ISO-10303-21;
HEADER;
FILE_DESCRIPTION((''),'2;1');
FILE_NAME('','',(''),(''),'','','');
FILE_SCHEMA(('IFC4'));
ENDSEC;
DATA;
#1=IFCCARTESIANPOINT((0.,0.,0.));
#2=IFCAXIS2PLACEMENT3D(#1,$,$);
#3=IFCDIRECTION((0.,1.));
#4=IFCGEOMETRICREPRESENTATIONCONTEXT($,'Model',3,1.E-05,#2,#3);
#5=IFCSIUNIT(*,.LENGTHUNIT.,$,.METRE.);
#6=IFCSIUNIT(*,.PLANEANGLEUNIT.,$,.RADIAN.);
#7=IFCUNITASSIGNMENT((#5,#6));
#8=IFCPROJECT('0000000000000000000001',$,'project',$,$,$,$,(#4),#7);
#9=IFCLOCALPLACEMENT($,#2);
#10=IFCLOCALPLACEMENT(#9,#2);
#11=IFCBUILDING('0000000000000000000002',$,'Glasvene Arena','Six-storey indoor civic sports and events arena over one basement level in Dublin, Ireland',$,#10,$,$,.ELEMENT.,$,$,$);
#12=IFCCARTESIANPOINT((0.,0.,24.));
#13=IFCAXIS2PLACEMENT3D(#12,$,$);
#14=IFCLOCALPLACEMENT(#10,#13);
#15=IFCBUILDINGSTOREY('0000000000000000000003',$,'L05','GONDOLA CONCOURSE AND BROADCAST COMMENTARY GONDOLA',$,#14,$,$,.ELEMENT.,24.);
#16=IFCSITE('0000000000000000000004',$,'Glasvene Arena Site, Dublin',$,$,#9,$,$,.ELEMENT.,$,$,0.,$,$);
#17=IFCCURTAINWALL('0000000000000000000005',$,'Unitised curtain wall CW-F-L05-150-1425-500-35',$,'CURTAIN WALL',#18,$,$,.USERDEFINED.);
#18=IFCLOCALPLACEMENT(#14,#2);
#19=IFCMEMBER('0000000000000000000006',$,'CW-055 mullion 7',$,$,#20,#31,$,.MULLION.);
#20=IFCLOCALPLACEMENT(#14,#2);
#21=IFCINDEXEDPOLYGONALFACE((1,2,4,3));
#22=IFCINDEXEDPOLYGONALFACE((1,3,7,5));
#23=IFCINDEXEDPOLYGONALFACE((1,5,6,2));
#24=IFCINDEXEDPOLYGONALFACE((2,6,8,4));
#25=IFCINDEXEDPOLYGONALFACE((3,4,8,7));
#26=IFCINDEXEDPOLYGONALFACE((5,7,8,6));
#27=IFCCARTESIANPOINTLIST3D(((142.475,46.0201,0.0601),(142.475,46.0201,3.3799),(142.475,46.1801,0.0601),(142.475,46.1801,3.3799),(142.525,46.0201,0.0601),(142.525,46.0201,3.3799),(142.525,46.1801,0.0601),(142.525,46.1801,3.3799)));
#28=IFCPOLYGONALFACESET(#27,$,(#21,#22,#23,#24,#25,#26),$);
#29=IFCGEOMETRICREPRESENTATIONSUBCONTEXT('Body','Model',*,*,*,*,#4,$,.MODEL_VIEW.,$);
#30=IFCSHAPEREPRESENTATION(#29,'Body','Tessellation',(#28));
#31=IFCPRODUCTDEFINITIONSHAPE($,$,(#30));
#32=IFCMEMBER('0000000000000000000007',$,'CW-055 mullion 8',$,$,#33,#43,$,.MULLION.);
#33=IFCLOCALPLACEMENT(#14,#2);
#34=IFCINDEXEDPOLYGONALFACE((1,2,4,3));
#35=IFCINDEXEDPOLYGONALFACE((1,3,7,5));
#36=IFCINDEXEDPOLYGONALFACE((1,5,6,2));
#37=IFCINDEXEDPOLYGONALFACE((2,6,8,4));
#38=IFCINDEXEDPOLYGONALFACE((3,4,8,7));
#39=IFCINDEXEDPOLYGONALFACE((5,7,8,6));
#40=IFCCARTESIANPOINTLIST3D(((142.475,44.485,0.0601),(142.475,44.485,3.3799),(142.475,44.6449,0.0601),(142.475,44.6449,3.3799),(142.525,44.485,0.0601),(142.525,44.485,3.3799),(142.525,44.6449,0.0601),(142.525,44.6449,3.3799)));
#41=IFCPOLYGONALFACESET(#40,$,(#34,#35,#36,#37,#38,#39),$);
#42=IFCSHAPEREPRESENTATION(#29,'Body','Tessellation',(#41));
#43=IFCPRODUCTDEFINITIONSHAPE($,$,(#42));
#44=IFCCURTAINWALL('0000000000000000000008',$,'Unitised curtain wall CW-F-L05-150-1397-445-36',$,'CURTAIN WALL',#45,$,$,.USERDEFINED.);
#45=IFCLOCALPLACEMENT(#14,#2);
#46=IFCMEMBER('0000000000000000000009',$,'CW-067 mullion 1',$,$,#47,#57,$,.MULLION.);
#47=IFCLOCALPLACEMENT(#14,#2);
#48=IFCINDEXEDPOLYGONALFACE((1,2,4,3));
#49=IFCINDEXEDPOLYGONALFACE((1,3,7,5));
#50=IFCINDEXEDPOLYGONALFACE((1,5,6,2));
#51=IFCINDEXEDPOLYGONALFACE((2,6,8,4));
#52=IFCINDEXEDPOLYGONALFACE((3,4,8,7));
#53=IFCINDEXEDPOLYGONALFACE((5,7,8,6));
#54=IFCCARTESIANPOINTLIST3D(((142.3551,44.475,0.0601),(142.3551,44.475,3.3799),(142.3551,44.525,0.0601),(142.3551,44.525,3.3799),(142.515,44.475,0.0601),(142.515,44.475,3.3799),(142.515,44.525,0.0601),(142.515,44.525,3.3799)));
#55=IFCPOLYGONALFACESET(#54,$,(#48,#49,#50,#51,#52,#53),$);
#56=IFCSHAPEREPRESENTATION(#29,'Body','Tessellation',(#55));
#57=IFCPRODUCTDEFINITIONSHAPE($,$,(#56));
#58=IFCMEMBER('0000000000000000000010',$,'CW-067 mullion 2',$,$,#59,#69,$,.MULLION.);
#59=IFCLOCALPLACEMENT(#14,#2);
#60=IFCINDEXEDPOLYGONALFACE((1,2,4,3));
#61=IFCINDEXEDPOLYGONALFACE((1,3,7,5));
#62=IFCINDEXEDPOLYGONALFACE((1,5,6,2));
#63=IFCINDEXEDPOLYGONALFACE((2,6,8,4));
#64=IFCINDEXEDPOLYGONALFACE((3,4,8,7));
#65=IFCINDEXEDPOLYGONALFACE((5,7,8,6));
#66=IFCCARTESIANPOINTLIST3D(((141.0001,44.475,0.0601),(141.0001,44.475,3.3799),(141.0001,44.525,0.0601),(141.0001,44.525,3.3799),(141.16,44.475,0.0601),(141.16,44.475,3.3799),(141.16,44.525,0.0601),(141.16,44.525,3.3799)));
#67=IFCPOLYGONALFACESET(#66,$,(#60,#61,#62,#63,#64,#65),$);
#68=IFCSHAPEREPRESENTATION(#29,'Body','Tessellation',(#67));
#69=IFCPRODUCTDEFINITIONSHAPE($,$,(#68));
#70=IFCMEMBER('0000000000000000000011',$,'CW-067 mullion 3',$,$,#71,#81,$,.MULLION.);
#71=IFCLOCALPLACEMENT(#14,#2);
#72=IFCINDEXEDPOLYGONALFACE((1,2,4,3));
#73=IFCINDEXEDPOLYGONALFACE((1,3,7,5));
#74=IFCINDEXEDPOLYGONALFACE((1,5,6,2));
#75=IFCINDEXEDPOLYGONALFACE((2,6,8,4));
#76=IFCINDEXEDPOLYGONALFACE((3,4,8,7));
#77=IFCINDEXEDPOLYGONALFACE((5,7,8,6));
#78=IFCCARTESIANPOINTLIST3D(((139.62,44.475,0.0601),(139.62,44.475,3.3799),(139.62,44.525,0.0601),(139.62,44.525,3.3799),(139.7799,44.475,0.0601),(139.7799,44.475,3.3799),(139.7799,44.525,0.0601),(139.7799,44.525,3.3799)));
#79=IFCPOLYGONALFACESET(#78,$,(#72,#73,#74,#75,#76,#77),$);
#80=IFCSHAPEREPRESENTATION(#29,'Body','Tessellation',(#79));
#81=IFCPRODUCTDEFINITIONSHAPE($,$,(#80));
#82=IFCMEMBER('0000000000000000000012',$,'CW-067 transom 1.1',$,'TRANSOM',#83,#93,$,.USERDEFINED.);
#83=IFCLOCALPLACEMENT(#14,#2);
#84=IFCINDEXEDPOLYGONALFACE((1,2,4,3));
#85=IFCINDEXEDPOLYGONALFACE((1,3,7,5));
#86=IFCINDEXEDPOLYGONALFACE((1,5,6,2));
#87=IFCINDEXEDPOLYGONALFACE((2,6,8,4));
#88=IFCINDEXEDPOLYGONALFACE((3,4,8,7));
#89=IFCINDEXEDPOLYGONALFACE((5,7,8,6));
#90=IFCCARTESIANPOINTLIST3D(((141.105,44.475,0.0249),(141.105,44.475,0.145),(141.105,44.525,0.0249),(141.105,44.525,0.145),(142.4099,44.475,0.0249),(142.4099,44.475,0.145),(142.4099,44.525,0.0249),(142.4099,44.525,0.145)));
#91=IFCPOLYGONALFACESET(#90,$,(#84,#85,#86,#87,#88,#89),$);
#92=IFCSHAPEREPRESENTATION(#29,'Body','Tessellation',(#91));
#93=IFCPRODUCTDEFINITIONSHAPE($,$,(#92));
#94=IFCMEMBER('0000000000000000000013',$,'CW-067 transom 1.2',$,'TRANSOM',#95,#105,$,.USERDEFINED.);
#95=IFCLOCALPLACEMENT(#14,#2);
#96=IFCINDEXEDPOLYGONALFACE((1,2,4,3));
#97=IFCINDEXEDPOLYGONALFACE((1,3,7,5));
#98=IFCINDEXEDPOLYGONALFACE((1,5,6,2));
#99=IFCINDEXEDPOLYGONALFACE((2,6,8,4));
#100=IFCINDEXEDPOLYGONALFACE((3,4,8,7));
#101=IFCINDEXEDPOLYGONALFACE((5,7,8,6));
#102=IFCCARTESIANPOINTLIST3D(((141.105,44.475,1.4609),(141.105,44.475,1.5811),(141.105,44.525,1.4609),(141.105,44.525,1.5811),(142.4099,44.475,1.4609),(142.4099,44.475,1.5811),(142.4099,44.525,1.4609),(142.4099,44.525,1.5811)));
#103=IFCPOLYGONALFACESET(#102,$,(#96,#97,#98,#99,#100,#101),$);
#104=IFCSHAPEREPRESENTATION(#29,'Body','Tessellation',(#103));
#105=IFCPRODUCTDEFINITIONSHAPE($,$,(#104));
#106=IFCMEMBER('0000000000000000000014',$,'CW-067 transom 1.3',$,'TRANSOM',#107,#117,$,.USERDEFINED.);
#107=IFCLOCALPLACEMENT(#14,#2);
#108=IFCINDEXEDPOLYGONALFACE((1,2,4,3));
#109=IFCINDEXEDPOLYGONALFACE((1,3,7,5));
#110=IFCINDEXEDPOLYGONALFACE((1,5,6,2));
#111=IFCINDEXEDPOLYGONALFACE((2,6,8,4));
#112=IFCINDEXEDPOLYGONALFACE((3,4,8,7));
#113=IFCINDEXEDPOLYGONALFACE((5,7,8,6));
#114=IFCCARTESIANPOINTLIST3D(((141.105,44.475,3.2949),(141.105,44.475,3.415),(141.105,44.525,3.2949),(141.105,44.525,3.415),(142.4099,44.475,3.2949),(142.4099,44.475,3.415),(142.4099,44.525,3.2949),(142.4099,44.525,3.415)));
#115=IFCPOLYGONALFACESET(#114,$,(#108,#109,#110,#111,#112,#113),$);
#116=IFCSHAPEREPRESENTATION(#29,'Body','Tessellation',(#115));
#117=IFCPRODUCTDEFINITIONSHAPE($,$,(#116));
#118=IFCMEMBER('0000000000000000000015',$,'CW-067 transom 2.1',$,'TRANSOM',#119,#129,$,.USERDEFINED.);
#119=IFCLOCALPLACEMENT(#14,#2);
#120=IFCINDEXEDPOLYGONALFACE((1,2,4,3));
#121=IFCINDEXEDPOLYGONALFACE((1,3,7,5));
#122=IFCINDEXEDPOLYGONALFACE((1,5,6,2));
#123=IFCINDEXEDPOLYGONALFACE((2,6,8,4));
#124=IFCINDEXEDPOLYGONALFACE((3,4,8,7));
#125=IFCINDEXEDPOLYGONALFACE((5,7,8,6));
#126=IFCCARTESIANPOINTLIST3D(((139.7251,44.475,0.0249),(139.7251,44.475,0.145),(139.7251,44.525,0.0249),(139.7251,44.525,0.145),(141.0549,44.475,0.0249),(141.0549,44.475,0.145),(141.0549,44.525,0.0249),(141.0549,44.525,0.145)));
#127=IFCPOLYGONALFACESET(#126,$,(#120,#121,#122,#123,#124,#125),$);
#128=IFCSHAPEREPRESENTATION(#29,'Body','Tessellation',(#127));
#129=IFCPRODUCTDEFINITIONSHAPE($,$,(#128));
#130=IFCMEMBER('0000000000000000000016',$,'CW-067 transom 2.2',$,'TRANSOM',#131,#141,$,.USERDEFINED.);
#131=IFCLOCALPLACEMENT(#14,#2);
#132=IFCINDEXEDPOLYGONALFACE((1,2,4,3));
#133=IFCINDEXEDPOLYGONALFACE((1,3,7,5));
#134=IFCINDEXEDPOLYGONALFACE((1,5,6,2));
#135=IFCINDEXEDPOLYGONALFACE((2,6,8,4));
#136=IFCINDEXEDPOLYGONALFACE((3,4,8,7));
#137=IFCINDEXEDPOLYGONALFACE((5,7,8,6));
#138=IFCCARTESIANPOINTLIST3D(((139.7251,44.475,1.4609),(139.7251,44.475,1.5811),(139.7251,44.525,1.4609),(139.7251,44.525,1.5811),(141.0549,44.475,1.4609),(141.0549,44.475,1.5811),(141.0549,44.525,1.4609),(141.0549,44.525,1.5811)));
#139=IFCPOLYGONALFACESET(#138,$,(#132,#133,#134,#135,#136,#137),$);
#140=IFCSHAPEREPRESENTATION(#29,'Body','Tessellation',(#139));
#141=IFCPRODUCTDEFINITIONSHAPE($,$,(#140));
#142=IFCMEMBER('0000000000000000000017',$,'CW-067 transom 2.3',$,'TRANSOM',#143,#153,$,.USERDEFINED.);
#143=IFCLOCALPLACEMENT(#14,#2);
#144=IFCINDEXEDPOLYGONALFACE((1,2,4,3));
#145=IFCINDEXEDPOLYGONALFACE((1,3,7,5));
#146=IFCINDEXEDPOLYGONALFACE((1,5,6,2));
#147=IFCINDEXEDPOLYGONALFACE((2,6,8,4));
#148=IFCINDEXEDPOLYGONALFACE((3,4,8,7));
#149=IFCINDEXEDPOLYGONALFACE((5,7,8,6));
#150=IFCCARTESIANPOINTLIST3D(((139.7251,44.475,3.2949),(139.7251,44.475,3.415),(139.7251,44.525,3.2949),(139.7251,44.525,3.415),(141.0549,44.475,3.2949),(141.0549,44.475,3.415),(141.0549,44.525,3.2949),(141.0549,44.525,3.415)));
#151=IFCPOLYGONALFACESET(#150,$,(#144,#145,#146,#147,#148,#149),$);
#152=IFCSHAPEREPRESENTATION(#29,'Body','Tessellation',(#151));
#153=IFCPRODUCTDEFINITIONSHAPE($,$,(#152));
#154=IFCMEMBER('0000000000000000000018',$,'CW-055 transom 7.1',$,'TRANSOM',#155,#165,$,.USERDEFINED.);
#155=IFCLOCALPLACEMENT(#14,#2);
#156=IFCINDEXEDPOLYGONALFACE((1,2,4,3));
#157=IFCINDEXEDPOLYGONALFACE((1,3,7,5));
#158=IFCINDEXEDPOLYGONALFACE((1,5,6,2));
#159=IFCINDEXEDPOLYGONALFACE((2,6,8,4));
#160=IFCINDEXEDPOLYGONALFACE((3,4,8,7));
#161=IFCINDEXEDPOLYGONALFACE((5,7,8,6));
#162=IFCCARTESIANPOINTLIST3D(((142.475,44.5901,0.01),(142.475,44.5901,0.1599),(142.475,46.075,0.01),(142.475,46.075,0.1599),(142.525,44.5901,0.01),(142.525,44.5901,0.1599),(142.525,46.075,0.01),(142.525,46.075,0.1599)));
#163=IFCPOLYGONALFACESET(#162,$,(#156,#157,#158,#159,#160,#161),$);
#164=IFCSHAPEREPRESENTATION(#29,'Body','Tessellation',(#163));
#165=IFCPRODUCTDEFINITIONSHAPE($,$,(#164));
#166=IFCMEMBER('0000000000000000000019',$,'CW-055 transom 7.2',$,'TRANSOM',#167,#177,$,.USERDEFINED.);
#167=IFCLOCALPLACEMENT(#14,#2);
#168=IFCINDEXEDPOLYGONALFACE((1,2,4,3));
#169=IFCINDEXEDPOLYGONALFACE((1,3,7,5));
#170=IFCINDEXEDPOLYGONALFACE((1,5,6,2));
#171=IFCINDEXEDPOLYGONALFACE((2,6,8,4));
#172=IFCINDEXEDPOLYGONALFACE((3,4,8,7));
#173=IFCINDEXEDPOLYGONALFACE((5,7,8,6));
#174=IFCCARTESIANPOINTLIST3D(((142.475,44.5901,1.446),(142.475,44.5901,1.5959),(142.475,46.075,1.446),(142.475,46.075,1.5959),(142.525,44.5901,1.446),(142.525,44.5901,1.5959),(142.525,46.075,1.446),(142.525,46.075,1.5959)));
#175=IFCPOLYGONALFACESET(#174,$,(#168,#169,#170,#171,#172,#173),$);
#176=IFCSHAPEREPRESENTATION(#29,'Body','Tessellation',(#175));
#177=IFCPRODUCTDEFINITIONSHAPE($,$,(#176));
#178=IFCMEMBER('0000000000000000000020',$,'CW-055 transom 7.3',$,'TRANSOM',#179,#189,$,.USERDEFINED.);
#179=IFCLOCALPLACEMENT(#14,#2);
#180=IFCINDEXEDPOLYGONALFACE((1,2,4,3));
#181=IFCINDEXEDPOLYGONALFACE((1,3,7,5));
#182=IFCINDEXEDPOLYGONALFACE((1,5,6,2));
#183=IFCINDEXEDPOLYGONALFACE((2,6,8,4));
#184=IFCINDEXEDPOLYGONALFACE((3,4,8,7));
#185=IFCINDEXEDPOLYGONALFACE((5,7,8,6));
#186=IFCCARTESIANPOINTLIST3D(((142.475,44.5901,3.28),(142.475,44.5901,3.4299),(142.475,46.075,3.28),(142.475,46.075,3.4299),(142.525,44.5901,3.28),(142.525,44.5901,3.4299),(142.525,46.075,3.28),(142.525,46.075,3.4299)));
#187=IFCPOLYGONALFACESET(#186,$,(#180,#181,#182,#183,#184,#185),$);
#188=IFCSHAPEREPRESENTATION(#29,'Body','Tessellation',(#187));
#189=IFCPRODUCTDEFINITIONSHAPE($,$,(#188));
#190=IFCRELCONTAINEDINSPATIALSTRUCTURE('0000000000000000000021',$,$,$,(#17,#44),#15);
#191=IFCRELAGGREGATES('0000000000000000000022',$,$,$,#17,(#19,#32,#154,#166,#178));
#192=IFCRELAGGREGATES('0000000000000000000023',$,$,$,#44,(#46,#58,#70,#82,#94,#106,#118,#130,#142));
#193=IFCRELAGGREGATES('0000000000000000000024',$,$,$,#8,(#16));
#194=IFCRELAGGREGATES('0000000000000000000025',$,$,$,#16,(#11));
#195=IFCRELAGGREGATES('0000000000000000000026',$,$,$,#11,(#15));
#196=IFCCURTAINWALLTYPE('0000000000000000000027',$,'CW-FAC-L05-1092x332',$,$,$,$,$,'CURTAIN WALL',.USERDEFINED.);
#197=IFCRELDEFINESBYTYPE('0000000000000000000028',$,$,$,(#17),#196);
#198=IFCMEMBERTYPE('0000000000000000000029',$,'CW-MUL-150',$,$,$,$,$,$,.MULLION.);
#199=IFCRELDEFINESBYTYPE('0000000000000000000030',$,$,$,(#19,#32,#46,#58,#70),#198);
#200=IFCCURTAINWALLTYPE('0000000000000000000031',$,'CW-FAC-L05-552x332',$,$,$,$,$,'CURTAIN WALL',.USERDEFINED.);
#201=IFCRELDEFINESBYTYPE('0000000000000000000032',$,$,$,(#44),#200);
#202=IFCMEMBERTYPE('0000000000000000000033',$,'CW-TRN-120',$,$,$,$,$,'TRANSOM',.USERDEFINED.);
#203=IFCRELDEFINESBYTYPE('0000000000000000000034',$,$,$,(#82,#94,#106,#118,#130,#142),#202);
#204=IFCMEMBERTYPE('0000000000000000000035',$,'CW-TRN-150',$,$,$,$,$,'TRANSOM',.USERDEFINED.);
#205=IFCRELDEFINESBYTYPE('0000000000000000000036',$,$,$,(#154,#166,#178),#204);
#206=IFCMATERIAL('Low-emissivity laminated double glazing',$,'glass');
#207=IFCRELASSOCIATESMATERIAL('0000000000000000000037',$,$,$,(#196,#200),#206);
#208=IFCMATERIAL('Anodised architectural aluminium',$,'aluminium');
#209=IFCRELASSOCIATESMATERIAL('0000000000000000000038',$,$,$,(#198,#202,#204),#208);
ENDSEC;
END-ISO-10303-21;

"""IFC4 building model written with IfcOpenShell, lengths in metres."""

from ifc_helpers import new_model, si_unit, direction, frame, origin, origin_2d, place, context, subcontext, project, spatial, rectangle, extrude, material, material_profile, profile_set, type_object, element, aggregate, save


model = new_model("IFC4")

# Units and contexts
model_context = context("Model", 3, precision=1e-05, world=origin(), true_north=direction((0.0, 1.0)))
body_context = subcontext(model_context, "Body", "Model", "MODEL_VIEW")
ifc_project = project(units=[si_unit("LENGTHUNIT", "METRE"), si_unit("PLANEANGLEUNIT", "RADIAN")], contexts=[model_context])

# Site, building, storey
site_placement = place(None, origin())
site = spatial("IfcSite", under=ifc_project, at=site_placement, Name="Glasvene Arena Site, Dublin", CompositionType="ELEMENT", RefElevation=0.0)
building_placement = place(site_placement, origin())
building = spatial("IfcBuilding", under=site, at=building_placement, Name="Glasvene Arena", Description="Six-storey indoor civic sports and events arena over one basement level in Dublin, Ireland", CompositionType="ELEMENT")
storey_placement = place(building_placement, frame((0.0, 0.0, 24.0)))
storey = spatial("IfcBuildingStorey", under=building, at=storey_placement, Name="L05", Description="GONDOLA CONCOURSE AND BROADCAST COMMENTARY GONDOLA", CompositionType="ELEMENT", Elevation=24.0)

# Curtain walls, members
ifc_material_1 = material(Name="Low-emissivity laminated double glazing", Category="glass")
curtain_wall_type_1 = type_object("IfcCurtainWallType", Name="CW-FAC-L05-1092x332", ElementType="CURTAIN WALL", PredefinedType="USERDEFINED", material=ifc_material_1)
curtain_wall_1_placement = place(storey_placement, frame((142.5, 55.46, 0.0)))
curtain_wall_1 = element("IfcCurtainWall", 1, at=curtain_wall_1_placement, inside=storey, type_object=curtain_wall_type_1, Name="Unitised curtain wall CW-F-L05-150-1425-500-35", ObjectType="CURTAIN WALL", PredefinedType="USERDEFINED")
ifc_material_2 = material(Name="Anodised architectural aluminium", Category="aluminium")
ifc_material_profile_1 = material_profile(ifc_material_2, rectangle(XDim=0.05, YDim=0.1599, at=origin_2d()), Name="ALU MULLION 50x160")
ifc_profile_set_1 = profile_set([ifc_material_profile_1], Name="Anodised architectural aluminium")
member_type_1 = type_object("IfcMemberType", Name="CW-MUL-150", PredefinedType="MULLION", material=ifc_profile_set_1)
member_1_placement = place(storey_placement, frame((142.5, 46.1001, 0.0601), z_axis=(0.0, 0.0, 1.0), x_axis=(1.0, 0.0, 0.0)))
member_1 = element("IfcMember", 2, at=member_1_placement, type_object=member_type_1, Name="CW-055 mullion 7", PredefinedType="MULLION", context=body_context, shape_type="SweptSolid", body=[
    extrude(rectangle(XDim=0.05, YDim=0.1599, at=origin_2d()), origin(), (0.0, 0.0, 1.0), 3.3198),
])
member_2_placement = place(storey_placement, frame((142.5, 44.5649, 0.0601), z_axis=(0.0, 0.0, 1.0), x_axis=(1.0, 0.0, 0.0)))
member_2 = element("IfcMember", 3, at=member_2_placement, type_object=member_type_1, Name="CW-055 mullion 8", PredefinedType="MULLION", context=body_context, shape_type="SweptSolid", body=[
    extrude(rectangle(XDim=0.05, YDim=0.1599, at=origin_2d()), origin(), (0.0, 0.0, 1.0), 3.3198),
])
curtain_wall_type_2 = type_object("IfcCurtainWallType", Name="CW-FAC-L05-552x332", ElementType="CURTAIN WALL", PredefinedType="USERDEFINED", material=ifc_material_1)
curtain_wall_2_placement = place(storey_placement, frame((142.46, 44.5, 0.0)))
curtain_wall_2 = element("IfcCurtainWall", 4, at=curtain_wall_2_placement, inside=storey, type_object=curtain_wall_type_2, Name="Unitised curtain wall CW-F-L05-150-1397-445-36", ObjectType="CURTAIN WALL", PredefinedType="USERDEFINED")
member_3_placement = place(storey_placement, frame((142.4351, 44.5, 0.0601), z_axis=(0.0, 0.0, 1.0), x_axis=(0.0, -1.0, 0.0)))
member_3 = element("IfcMember", 5, at=member_3_placement, type_object=member_type_1, Name="CW-067 mullion 1", PredefinedType="MULLION", context=body_context, shape_type="SweptSolid", body=[
    extrude(rectangle(XDim=0.05, YDim=0.1599, at=origin_2d()), origin(), (0.0, 0.0, 1.0), 3.3198),
])
member_4_placement = place(storey_placement, frame((141.0801, 44.5, 0.0601), z_axis=(0.0, 0.0, 1.0), x_axis=(0.0, -1.0, 0.0)))
member_4 = element("IfcMember", 6, at=member_4_placement, type_object=member_type_1, Name="CW-067 mullion 2", PredefinedType="MULLION", context=body_context, shape_type="SweptSolid", body=[
    extrude(rectangle(XDim=0.05, YDim=0.1599, at=origin_2d()), origin(), (0.0, 0.0, 1.0), 3.3198),
])
member_5_placement = place(storey_placement, frame((139.7, 44.5, 0.0601), z_axis=(0.0, 0.0, 1.0), x_axis=(0.0, -1.0, 0.0)))
member_5 = element("IfcMember", 7, at=member_5_placement, type_object=member_type_1, Name="CW-067 mullion 3", PredefinedType="MULLION", context=body_context, shape_type="SweptSolid", body=[
    extrude(rectangle(XDim=0.05, YDim=0.1599, at=origin_2d()), origin(), (0.0, 0.0, 1.0), 3.3198),
])
ifc_material_profile_2 = material_profile(ifc_material_2, rectangle(XDim=0.05, YDim=0.1201, at=origin_2d()), Name="ALU TRANSOM 50x120")
ifc_profile_set_2 = profile_set([ifc_material_profile_2], Name="Anodised architectural aluminium")
member_type_2 = type_object("IfcMemberType", Name="CW-TRN-120", ElementType="TRANSOM", PredefinedType="USERDEFINED", material=ifc_profile_set_2)
member_6_placement = place(storey_placement, frame((142.4099, 44.5, 0.085), z_axis=(-1.0, 0.0, 0.0), x_axis=(0.0, -1.0, 0.0)))
member_6 = element("IfcMember", 8, at=member_6_placement, type_object=member_type_2, Name="CW-067 transom 1.1", ObjectType="TRANSOM", PredefinedType="USERDEFINED", context=body_context, shape_type="SweptSolid", body=[
    extrude(rectangle(XDim=0.05, YDim=0.1201, at=origin_2d()), origin(), (0.0, 0.0, 1.0), 1.3049),
])
member_7_placement = place(storey_placement, frame((142.4099, 44.5, 1.521), z_axis=(-1.0, 0.0, 0.0), x_axis=(0.0, -1.0, 0.0)))
member_7 = element("IfcMember", 9, at=member_7_placement, type_object=member_type_2, Name="CW-067 transom 1.2", ObjectType="TRANSOM", PredefinedType="USERDEFINED", context=body_context, shape_type="SweptSolid", body=[
    extrude(rectangle(XDim=0.05, YDim=0.1201, at=origin_2d()), origin(), (0.0, 0.0, 1.0), 1.3049),
])
member_8_placement = place(storey_placement, frame((142.4099, 44.5, 3.355), z_axis=(-1.0, 0.0, 0.0), x_axis=(0.0, -1.0, 0.0)))
member_8 = element("IfcMember", 10, at=member_8_placement, type_object=member_type_2, Name="CW-067 transom 1.3", ObjectType="TRANSOM", PredefinedType="USERDEFINED", context=body_context, shape_type="SweptSolid", body=[
    extrude(rectangle(XDim=0.05, YDim=0.1201, at=origin_2d()), origin(), (0.0, 0.0, 1.0), 1.3049),
])
member_9_placement = place(storey_placement, frame((141.0549, 44.5, 0.085), z_axis=(-1.0, 0.0, 0.0), x_axis=(0.0, -1.0, 0.0)))
member_9 = element("IfcMember", 11, at=member_9_placement, type_object=member_type_2, Name="CW-067 transom 2.1", ObjectType="TRANSOM", PredefinedType="USERDEFINED", context=body_context, shape_type="SweptSolid", body=[
    extrude(rectangle(XDim=0.05, YDim=0.1201, at=origin_2d()), origin(), (0.0, 0.0, 1.0), 1.3298),
])
member_10_placement = place(storey_placement, frame((141.0549, 44.5, 1.521), z_axis=(-1.0, 0.0, 0.0), x_axis=(0.0, -1.0, 0.0)))
member_10 = element("IfcMember", 12, at=member_10_placement, type_object=member_type_2, Name="CW-067 transom 2.2", ObjectType="TRANSOM", PredefinedType="USERDEFINED", context=body_context, shape_type="SweptSolid", body=[
    extrude(rectangle(XDim=0.05, YDim=0.1201, at=origin_2d()), origin(), (0.0, 0.0, 1.0), 1.3298),
])
member_11_placement = place(storey_placement, frame((141.0549, 44.5, 3.355), z_axis=(-1.0, 0.0, 0.0), x_axis=(0.0, -1.0, 0.0)))
member_11 = element("IfcMember", 13, at=member_11_placement, type_object=member_type_2, Name="CW-067 transom 2.3", ObjectType="TRANSOM", PredefinedType="USERDEFINED", context=body_context, shape_type="SweptSolid", body=[
    extrude(rectangle(XDim=0.05, YDim=0.1201, at=origin_2d()), origin(), (0.0, 0.0, 1.0), 1.3298),
])

# Members
ifc_material_profile_3 = material_profile(ifc_material_2, rectangle(XDim=0.05, YDim=0.1499, at=origin_2d()), Name="ALU TRANSOM 50x150")
ifc_profile_set_3 = profile_set([ifc_material_profile_3], Name="Anodised architectural aluminium")
member_type_3 = type_object("IfcMemberType", Name="CW-TRN-150", ElementType="TRANSOM", PredefinedType="USERDEFINED", material=ifc_profile_set_3)
member_12_placement = place(storey_placement, frame((142.5, 46.075, 0.085), z_axis=(0.0, -1.0, 0.0), x_axis=(1.0, 0.0, 0.0)))
member_12 = element("IfcMember", 14, at=member_12_placement, type_object=member_type_3, Name="CW-055 transom 7.1", ObjectType="TRANSOM", PredefinedType="USERDEFINED", context=body_context, shape_type="SweptSolid", body=[
    extrude(rectangle(XDim=0.05, YDim=0.1499, at=origin_2d()), origin(), (0.0, 0.0, 1.0), 1.4849),
])
member_13_placement = place(storey_placement, frame((142.5, 46.075, 1.521), z_axis=(0.0, -1.0, 0.0), x_axis=(1.0, 0.0, 0.0)))
member_13 = element("IfcMember", 15, at=member_13_placement, type_object=member_type_3, Name="CW-055 transom 7.2", ObjectType="TRANSOM", PredefinedType="USERDEFINED", context=body_context, shape_type="SweptSolid", body=[
    extrude(rectangle(XDim=0.05, YDim=0.1499, at=origin_2d()), origin(), (0.0, 0.0, 1.0), 1.4849),
])
member_14_placement = place(storey_placement, frame((142.5, 46.075, 3.355), z_axis=(0.0, -1.0, 0.0), x_axis=(1.0, 0.0, 0.0)))
member_14 = element("IfcMember", 16, at=member_14_placement, type_object=member_type_3, Name="CW-055 transom 7.3", ObjectType="TRANSOM", PredefinedType="USERDEFINED", context=body_context, shape_type="SweptSolid", body=[
    extrude(rectangle(XDim=0.05, YDim=0.1499, at=origin_2d()), origin(), (0.0, 0.0, 1.0), 1.4849),
])

aggregate(curtain_wall_1, [member_1, member_2, member_12, member_13, member_14])
aggregate(curtain_wall_2, [member_3, member_4, member_5, member_6, member_7, member_8, member_9, member_10, member_11])

save(model, "model.ifc")
